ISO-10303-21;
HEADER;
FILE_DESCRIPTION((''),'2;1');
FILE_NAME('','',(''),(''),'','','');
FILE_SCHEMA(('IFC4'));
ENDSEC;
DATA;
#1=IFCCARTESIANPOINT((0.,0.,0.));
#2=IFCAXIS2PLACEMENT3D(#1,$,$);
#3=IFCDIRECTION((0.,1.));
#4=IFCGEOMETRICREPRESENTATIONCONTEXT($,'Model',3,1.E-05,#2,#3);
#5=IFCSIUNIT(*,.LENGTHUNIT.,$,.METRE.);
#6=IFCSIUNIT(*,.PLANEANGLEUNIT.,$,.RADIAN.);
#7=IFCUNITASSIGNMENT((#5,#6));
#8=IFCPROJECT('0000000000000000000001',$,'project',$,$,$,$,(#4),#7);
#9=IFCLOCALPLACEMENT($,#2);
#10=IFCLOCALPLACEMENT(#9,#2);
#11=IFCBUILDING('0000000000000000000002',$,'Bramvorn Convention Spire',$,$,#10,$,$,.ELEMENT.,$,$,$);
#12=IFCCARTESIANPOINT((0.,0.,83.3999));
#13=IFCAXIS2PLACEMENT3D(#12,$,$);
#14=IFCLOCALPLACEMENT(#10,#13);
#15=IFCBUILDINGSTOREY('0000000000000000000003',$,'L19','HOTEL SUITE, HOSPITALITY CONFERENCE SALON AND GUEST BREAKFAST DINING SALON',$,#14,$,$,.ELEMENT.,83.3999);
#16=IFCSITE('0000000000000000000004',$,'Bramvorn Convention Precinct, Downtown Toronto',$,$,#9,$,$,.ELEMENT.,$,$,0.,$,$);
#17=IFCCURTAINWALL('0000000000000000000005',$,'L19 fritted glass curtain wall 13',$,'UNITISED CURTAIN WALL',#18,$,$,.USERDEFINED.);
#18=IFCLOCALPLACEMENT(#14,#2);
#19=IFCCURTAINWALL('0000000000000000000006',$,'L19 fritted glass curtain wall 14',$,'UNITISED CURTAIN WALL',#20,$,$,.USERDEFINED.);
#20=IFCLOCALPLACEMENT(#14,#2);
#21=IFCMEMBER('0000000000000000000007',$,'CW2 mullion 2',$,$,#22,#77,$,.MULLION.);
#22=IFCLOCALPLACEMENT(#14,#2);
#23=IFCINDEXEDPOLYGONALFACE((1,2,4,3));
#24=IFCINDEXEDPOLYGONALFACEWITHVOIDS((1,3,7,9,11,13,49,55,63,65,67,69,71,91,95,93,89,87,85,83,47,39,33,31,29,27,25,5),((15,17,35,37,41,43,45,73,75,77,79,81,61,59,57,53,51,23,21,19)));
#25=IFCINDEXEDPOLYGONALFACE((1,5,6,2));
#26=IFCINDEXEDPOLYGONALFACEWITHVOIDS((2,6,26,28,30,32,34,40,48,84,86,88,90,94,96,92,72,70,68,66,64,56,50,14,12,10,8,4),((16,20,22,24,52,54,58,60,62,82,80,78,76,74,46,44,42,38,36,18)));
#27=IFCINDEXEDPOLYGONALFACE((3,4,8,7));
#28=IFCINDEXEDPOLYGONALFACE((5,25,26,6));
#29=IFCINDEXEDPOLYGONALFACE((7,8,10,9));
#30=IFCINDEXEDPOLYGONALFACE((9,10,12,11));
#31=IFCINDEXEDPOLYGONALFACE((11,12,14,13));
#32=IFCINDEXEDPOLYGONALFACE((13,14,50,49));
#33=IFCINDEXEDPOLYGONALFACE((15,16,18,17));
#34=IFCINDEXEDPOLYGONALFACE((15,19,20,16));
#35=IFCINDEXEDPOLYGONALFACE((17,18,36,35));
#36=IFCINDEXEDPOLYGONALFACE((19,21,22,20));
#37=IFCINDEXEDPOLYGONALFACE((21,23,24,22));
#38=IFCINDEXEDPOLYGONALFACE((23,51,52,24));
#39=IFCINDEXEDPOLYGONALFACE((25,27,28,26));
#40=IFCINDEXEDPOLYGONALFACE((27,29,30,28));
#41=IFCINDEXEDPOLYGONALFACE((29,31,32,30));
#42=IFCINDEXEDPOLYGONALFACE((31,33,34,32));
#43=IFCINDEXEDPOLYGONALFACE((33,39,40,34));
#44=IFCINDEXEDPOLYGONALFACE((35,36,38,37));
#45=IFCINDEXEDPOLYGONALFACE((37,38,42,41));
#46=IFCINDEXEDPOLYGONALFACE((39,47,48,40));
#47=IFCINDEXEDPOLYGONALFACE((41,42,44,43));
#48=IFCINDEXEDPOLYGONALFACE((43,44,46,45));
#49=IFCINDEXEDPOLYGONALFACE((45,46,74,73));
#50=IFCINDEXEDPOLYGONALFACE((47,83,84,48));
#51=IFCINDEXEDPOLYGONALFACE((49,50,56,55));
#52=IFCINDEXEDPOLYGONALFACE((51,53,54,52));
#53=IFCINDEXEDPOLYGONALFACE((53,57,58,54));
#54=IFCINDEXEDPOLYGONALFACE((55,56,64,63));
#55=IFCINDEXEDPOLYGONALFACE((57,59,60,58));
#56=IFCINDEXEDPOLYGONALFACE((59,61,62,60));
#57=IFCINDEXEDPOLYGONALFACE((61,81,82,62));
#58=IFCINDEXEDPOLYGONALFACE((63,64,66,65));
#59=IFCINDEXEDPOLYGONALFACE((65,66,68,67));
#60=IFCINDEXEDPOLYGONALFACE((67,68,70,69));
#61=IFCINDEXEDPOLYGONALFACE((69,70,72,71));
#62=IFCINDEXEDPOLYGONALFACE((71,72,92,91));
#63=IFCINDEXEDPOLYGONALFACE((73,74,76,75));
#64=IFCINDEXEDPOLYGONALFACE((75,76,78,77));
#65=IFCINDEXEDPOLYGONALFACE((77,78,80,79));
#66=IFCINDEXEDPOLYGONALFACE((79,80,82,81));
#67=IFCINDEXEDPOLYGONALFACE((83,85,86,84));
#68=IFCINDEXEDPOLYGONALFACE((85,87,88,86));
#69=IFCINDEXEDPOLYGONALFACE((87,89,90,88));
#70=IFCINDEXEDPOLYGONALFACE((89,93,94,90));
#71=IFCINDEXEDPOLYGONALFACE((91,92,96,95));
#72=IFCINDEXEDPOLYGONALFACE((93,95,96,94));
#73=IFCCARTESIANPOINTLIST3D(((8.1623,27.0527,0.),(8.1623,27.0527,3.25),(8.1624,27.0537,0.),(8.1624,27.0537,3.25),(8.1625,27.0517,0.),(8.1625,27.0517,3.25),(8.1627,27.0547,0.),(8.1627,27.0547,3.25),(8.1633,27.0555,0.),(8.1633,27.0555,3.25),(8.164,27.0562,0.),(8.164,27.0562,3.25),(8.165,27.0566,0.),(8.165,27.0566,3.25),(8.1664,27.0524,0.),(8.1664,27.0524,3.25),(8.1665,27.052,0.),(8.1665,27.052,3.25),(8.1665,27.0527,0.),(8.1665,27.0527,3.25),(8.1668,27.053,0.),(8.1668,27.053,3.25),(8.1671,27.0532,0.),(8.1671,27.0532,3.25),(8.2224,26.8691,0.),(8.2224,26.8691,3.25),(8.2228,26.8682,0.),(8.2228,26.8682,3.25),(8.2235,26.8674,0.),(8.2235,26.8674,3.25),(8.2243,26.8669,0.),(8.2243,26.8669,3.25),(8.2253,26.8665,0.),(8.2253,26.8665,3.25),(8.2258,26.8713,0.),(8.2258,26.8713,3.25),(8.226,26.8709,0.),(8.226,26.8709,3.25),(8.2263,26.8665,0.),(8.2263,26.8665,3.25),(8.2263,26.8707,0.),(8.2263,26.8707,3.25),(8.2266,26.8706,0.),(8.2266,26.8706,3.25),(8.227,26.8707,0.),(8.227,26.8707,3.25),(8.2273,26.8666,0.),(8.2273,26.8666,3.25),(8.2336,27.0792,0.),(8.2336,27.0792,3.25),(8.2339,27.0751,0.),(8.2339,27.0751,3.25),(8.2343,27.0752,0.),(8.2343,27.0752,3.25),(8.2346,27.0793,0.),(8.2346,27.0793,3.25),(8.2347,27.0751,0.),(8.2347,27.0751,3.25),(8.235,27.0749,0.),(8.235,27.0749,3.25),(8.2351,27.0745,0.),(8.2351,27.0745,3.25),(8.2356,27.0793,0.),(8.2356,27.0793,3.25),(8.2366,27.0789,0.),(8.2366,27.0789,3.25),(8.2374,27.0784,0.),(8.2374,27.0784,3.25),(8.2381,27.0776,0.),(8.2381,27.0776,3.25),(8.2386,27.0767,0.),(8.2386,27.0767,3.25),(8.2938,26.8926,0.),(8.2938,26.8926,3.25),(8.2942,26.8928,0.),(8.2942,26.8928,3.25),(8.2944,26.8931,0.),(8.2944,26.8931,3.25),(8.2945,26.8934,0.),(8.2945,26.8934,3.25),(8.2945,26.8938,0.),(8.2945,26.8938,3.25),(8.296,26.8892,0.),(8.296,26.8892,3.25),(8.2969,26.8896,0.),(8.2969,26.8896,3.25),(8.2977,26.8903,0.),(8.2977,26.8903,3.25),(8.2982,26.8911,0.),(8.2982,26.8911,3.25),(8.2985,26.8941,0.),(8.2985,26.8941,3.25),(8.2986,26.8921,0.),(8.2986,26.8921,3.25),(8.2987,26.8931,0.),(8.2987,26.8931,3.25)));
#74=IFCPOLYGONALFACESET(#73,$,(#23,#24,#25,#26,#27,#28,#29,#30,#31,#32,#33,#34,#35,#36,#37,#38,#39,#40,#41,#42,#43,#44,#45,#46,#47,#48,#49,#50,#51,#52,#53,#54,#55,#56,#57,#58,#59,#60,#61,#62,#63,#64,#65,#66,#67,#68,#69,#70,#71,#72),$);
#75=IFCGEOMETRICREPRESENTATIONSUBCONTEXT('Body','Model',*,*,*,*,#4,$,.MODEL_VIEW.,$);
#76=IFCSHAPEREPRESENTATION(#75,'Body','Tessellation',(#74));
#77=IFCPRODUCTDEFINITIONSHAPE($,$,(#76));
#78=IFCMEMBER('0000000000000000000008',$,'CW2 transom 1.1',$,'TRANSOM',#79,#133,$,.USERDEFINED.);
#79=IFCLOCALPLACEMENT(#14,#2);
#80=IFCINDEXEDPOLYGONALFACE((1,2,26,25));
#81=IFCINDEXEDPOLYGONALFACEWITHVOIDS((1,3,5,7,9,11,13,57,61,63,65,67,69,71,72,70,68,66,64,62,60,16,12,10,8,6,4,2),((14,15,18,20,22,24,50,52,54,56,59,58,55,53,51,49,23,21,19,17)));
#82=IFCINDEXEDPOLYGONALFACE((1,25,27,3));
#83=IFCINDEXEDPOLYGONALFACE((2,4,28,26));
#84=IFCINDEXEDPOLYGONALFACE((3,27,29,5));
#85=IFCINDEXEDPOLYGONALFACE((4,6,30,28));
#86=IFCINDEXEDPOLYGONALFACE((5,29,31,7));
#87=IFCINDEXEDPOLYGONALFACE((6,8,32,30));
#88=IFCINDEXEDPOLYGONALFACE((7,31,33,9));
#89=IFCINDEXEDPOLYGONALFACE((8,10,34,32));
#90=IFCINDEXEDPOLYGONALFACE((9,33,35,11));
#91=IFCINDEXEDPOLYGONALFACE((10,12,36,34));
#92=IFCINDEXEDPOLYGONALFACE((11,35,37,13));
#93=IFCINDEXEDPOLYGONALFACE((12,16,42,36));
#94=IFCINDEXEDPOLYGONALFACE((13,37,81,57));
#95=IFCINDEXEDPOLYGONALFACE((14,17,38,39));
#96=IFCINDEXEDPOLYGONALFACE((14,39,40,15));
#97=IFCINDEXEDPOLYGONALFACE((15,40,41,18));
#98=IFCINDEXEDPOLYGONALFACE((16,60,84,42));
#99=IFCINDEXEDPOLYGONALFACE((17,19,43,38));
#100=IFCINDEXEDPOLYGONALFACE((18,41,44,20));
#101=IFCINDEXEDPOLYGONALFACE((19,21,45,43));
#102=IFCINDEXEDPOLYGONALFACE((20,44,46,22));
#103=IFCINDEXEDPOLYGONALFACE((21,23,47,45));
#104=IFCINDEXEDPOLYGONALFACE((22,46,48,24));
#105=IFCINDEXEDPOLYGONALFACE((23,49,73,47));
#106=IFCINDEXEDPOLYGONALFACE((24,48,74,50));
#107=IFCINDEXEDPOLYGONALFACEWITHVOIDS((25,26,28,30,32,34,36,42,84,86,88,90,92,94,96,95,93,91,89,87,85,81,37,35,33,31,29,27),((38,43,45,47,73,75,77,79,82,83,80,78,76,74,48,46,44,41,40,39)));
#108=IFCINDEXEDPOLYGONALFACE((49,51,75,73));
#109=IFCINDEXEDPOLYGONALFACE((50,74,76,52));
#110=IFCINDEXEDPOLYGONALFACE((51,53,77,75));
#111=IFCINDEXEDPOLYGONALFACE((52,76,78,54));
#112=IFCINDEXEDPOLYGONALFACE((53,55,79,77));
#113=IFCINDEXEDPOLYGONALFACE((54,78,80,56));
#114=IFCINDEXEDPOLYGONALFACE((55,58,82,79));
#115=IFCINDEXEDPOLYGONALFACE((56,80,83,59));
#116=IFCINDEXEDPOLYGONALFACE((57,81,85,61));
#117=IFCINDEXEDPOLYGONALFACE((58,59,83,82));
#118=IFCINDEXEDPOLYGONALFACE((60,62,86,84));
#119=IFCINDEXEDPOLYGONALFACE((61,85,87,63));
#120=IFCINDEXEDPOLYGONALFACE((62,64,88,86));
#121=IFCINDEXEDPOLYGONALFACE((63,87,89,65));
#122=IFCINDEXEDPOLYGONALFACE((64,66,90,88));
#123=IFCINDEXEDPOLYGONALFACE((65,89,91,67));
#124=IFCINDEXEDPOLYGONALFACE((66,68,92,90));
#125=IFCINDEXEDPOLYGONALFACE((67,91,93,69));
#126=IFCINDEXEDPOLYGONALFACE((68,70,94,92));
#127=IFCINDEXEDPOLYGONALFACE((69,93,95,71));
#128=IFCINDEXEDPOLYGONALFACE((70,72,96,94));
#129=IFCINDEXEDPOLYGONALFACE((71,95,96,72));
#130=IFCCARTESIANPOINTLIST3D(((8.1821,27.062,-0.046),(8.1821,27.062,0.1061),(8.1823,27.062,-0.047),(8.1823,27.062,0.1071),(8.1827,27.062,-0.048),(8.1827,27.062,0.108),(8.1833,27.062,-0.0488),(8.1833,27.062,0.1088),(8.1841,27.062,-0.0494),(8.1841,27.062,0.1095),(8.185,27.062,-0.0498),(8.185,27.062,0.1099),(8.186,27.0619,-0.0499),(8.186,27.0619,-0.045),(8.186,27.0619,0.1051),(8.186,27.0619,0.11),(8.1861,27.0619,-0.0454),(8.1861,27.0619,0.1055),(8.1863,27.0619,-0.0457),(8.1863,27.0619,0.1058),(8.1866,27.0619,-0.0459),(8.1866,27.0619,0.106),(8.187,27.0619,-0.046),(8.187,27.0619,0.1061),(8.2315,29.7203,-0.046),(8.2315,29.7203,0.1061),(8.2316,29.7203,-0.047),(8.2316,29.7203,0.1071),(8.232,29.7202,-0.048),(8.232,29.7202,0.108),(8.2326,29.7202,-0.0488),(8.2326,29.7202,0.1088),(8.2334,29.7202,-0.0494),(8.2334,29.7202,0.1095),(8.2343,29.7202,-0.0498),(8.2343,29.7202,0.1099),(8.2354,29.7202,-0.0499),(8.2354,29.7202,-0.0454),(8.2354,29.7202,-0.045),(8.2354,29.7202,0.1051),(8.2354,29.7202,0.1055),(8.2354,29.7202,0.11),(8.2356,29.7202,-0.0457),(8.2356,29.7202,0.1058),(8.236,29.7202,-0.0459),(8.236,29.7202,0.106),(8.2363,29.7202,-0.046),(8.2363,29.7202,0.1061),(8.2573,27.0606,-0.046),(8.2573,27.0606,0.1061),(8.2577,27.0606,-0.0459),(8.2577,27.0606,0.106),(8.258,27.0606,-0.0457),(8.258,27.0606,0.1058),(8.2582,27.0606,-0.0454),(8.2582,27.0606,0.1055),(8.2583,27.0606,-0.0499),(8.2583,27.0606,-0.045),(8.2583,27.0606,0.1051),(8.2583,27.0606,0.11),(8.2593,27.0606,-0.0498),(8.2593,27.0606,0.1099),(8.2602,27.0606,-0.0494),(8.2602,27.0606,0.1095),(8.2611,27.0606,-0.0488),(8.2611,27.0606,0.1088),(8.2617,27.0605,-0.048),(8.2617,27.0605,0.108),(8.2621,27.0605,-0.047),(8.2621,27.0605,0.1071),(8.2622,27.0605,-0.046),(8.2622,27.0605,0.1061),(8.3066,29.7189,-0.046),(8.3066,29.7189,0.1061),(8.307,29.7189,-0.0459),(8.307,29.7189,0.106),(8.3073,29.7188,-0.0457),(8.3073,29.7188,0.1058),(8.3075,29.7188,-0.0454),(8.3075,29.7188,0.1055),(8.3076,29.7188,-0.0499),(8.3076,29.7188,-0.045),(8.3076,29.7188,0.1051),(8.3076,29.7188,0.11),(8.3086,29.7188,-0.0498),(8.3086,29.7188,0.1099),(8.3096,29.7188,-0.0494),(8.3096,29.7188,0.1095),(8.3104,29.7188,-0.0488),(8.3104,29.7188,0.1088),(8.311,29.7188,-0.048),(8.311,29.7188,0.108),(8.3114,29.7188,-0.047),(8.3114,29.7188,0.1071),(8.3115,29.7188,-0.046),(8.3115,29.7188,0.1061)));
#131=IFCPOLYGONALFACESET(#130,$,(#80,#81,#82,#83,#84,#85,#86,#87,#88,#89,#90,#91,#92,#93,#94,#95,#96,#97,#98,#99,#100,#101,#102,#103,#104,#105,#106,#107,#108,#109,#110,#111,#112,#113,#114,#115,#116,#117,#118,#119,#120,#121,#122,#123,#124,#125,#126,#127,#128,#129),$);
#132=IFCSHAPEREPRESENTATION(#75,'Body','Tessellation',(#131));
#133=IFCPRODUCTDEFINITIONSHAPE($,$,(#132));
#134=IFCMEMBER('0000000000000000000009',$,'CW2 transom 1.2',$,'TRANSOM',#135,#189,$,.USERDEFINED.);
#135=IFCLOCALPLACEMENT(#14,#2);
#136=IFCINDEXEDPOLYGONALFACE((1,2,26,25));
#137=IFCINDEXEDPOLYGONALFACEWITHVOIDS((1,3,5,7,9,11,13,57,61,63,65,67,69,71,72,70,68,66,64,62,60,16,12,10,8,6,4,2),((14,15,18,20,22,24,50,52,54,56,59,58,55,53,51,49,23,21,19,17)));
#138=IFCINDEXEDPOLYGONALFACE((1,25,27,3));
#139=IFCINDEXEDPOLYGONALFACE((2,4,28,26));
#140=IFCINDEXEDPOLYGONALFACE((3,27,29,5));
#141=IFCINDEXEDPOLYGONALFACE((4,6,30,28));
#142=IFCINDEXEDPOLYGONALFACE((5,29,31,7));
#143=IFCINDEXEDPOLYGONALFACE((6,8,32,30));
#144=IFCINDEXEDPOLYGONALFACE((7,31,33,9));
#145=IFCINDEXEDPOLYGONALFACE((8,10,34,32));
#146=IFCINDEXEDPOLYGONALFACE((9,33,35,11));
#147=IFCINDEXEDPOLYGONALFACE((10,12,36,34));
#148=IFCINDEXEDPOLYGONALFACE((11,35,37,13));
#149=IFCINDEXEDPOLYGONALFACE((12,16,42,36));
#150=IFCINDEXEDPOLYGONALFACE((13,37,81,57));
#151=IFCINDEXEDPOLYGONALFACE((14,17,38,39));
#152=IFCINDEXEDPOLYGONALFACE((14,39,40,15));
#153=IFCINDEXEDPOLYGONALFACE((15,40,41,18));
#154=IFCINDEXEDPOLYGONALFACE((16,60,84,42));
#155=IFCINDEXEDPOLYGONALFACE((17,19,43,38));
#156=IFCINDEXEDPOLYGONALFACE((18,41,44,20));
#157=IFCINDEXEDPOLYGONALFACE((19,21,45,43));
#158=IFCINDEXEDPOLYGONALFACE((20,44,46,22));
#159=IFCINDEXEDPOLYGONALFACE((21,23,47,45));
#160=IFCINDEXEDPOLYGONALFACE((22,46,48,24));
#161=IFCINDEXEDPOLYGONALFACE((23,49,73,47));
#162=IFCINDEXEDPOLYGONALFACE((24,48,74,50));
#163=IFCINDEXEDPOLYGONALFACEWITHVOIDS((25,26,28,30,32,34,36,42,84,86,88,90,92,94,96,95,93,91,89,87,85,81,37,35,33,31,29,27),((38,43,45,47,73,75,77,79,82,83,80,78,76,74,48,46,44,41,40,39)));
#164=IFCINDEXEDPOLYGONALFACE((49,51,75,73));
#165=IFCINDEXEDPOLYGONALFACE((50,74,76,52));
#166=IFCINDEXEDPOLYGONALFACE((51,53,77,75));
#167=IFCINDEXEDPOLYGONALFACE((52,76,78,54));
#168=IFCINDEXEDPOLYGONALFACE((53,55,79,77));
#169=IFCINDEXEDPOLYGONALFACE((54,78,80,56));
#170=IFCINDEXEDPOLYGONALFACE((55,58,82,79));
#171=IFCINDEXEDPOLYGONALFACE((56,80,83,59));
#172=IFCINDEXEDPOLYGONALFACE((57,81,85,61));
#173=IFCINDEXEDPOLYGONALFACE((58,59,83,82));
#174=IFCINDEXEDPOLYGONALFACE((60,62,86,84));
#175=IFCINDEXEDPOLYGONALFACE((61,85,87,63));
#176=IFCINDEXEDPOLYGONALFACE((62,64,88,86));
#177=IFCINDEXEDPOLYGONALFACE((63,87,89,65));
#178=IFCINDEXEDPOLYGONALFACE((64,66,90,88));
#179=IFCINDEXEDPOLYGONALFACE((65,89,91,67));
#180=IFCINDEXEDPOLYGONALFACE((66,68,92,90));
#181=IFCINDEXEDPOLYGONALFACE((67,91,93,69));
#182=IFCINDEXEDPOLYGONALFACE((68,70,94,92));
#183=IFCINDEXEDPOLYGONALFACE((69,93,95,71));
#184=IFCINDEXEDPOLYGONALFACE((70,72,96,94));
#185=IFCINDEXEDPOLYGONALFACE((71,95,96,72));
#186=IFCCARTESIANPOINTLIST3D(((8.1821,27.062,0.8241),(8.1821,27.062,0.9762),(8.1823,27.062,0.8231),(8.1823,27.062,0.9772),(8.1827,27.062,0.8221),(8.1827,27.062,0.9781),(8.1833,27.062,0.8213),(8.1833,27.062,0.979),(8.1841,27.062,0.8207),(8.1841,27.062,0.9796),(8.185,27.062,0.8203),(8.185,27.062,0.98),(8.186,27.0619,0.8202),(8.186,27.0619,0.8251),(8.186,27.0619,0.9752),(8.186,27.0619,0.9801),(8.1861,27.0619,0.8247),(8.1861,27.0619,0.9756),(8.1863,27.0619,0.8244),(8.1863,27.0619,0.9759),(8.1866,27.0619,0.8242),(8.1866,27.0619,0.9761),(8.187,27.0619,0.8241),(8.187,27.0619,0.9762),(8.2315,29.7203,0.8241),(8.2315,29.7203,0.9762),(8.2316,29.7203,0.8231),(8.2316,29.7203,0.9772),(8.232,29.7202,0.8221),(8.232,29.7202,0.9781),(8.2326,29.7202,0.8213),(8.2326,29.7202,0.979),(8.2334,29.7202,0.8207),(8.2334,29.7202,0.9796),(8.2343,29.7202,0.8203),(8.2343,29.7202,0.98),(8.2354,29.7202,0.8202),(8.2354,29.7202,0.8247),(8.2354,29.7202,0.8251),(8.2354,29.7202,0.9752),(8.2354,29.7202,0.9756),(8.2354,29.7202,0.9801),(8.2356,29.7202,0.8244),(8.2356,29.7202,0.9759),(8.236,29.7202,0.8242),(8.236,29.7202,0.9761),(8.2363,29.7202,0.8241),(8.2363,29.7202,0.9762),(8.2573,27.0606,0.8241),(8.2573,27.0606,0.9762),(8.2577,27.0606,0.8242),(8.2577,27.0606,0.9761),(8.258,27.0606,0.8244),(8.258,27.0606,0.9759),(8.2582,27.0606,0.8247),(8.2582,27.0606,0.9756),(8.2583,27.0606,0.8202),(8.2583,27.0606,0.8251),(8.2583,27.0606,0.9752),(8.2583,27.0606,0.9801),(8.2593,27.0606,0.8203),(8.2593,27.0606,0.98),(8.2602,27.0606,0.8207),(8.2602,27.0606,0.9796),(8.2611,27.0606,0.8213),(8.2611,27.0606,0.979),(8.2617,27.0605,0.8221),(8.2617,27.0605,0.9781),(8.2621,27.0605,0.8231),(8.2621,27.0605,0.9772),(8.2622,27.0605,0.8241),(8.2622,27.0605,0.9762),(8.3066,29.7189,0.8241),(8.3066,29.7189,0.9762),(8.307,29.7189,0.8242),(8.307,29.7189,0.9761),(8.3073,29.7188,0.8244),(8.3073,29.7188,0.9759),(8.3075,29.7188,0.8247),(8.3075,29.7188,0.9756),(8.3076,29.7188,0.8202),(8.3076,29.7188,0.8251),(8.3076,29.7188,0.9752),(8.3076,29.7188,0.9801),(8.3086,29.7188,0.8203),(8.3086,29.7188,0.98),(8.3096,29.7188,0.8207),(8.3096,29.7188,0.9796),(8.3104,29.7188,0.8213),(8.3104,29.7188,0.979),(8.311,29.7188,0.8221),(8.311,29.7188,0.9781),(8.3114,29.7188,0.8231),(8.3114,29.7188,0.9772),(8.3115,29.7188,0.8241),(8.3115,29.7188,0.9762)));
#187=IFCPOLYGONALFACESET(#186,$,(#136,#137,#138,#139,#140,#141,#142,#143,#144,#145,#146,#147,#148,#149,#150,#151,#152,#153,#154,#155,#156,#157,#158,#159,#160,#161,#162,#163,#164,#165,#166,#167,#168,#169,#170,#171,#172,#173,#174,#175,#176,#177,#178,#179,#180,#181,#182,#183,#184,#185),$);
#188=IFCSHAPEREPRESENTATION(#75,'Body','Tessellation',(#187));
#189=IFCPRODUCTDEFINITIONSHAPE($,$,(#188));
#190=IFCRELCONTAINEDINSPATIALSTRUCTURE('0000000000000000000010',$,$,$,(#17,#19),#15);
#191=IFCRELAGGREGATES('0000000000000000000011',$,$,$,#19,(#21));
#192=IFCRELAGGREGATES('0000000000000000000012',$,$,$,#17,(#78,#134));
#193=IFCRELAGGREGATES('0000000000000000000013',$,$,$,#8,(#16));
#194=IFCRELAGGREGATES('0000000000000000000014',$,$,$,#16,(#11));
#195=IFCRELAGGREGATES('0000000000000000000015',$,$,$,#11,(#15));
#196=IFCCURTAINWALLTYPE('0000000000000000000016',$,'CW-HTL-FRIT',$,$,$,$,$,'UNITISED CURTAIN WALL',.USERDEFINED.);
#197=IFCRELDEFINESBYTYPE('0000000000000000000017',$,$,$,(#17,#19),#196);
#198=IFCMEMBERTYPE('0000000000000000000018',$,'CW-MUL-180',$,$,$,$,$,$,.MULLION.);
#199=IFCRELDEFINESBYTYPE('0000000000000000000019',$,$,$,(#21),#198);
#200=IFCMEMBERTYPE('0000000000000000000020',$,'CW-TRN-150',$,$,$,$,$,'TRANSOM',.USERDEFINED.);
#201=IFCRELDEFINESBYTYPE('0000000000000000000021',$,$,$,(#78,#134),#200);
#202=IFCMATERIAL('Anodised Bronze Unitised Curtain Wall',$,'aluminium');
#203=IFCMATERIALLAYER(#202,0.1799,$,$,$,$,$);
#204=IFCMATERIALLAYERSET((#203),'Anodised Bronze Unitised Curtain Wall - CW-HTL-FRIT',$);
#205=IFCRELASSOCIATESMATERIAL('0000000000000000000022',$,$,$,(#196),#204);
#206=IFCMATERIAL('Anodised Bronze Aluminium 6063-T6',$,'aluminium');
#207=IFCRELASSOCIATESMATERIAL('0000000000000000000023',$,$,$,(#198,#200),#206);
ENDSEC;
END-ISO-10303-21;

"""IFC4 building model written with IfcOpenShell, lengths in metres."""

from ifc_helpers import new_model, si_unit, direction, frame, origin, origin_2d, place, context, subcontext, project, spatial, hollow_rectangle, extrude, material, layer, layer_set, material_profile, profile_set, type_object, element, aggregate, save


model = new_model("IFC4")

# Units and contexts
model_context = context("Model", 3, precision=1e-05, world=origin(), true_north=direction((0.0, 1.0)))
body_context = subcontext(model_context, "Body", "Model", "MODEL_VIEW")
ifc_project = project(units=[si_unit("LENGTHUNIT", "METRE"), si_unit("PLANEANGLEUNIT", "RADIAN")], contexts=[model_context])

# Site, building, storey
site_placement = place(None, origin())
site = spatial("IfcSite", under=ifc_project, at=site_placement, Name="Bramvorn Convention Precinct, Downtown Toronto", CompositionType="ELEMENT", RefElevation=0.0)
building_placement = place(site_placement, origin())
building = spatial("IfcBuilding", under=site, at=building_placement, Name="Bramvorn Convention Spire", CompositionType="ELEMENT")
storey_placement = place(building_placement, frame((0.0, 0.0, 83.3999)))
storey = spatial("IfcBuildingStorey", under=building, at=storey_placement, Name="L19", Description="HOTEL SUITE, HOSPITALITY CONFERENCE SALON AND GUEST BREAKFAST DINING SALON", CompositionType="ELEMENT", Elevation=83.3999)

# Curtain wall
ifc_material_1 = material(Name="Anodised Bronze Unitised Curtain Wall", Category="aluminium")
ifc_layer_1 = layer(ifc_material_1, 0.1799)
ifc_layer_set_1 = layer_set([ifc_layer_1], Name="Anodised Bronze Unitised Curtain Wall - CW-HTL-FRIT")
curtain_wall_type = type_object("IfcCurtainWallType", Name="CW-HTL-FRIT", ElementType="UNITISED CURTAIN WALL", PredefinedType="USERDEFINED", material=ifc_layer_set_1)
curtain_wall_1_placement = place(storey_placement, origin())
curtain_wall_1 = element("IfcCurtainWall", 1, at=curtain_wall_1_placement, inside=storey, type_object=curtain_wall_type, Name="L19 fritted glass curtain wall 13", ObjectType="UNITISED CURTAIN WALL", PredefinedType="USERDEFINED")
ifc_material_2 = material(Name="Anodised Bronze Aluminium 6063-T6", Category="aluminium")
ifc_material_profile_1 = material_profile(ifc_material_2, hollow_rectangle(XDim=0.0801, YDim=0.2, WallThickness=0.0039, InnerFilletRadius=0.001, OuterFilletRadius=0.0039, at=origin_2d()))
ifc_profile_set_1 = profile_set([ifc_material_profile_1], Name="Anodised Bronze Aluminium 6063-T6 - CWM80X200")
member_type_1 = type_object("IfcMemberType", Name="CW-MUL-180", PredefinedType="MULLION", material=ifc_profile_set_1)

# Curtain wall, member
curtain_wall_2_placement = place(storey_placement, origin())
curtain_wall_2 = element("IfcCurtainWall", 2, at=curtain_wall_2_placement, inside=storey, type_object=curtain_wall_type, Name="L19 fritted glass curtain wall 14", ObjectType="UNITISED CURTAIN WALL", PredefinedType="USERDEFINED")
member_1_placement = place(storey_placement, frame((8.2305, 26.9729, 0.0), z_axis=(0.0, 0.0, 1.0), x_axis=(-0.950128, -0.311859, 0.0)))
member_1 = element("IfcMember", 3, at=member_1_placement, type_object=member_type_1, Name="CW2 mullion 2", PredefinedType="MULLION", context=body_context, shape_type="SweptSolid", body=[
    extrude(hollow_rectangle(XDim=0.0801, YDim=0.2, WallThickness=0.0039, InnerFilletRadius=0.001, OuterFilletRadius=0.0039, at=origin_2d()), origin(), (0.0, 0.0, 1.0), 3.25),
])
aggregate(curtain_wall_2, [member_1])

# Members
ifc_material_profile_2 = material_profile(ifc_material_2, hollow_rectangle(XDim=0.0801, YDim=0.1599, WallThickness=0.0039, InnerFilletRadius=0.001, OuterFilletRadius=0.0039, at=origin_2d()))
ifc_profile_set_2 = profile_set([ifc_material_profile_2], Name="Anodised Bronze Aluminium 6063-T6 - CWT80X160")
member_type_2 = type_object("IfcMemberType", Name="CW-TRN-150", ElementType="TRANSOM", PredefinedType="USERDEFINED", material=ifc_profile_set_2)
member_2_placement = place(storey_placement, frame((8.2222, 27.0613, 0.03), z_axis=(0.018549, 0.999828, 0.0), x_axis=(-0.999828, 0.018549, 0.0)))
member_2 = element("IfcMember", 4, at=member_2_placement, type_object=member_type_2, Name="CW2 transom 1.1", ObjectType="TRANSOM", PredefinedType="USERDEFINED", context=body_context, shape_type="SweptSolid", body=[
    extrude(hollow_rectangle(XDim=0.0801, YDim=0.1599, WallThickness=0.0039, InnerFilletRadius=0.001, OuterFilletRadius=0.0039, at=origin_2d()), origin(), (0.0, 0.0, 1.0), 2.6587),
])
member_3_placement = place(storey_placement, frame((8.2222, 27.0613, 0.9001), z_axis=(0.018549, 0.999828, 0.0), x_axis=(-0.999828, 0.018549, 0.0)))
member_3 = element("IfcMember", 5, at=member_3_placement, type_object=member_type_2, Name="CW2 transom 1.2", ObjectType="TRANSOM", PredefinedType="USERDEFINED", context=body_context, shape_type="SweptSolid", body=[
    extrude(hollow_rectangle(XDim=0.0801, YDim=0.1599, WallThickness=0.0039, InnerFilletRadius=0.001, OuterFilletRadius=0.0039, at=origin_2d()), origin(), (0.0, 0.0, 1.0), 2.6587),
])

aggregate(curtain_wall_1, [member_2, member_3])

save(model, "model.ifc")
